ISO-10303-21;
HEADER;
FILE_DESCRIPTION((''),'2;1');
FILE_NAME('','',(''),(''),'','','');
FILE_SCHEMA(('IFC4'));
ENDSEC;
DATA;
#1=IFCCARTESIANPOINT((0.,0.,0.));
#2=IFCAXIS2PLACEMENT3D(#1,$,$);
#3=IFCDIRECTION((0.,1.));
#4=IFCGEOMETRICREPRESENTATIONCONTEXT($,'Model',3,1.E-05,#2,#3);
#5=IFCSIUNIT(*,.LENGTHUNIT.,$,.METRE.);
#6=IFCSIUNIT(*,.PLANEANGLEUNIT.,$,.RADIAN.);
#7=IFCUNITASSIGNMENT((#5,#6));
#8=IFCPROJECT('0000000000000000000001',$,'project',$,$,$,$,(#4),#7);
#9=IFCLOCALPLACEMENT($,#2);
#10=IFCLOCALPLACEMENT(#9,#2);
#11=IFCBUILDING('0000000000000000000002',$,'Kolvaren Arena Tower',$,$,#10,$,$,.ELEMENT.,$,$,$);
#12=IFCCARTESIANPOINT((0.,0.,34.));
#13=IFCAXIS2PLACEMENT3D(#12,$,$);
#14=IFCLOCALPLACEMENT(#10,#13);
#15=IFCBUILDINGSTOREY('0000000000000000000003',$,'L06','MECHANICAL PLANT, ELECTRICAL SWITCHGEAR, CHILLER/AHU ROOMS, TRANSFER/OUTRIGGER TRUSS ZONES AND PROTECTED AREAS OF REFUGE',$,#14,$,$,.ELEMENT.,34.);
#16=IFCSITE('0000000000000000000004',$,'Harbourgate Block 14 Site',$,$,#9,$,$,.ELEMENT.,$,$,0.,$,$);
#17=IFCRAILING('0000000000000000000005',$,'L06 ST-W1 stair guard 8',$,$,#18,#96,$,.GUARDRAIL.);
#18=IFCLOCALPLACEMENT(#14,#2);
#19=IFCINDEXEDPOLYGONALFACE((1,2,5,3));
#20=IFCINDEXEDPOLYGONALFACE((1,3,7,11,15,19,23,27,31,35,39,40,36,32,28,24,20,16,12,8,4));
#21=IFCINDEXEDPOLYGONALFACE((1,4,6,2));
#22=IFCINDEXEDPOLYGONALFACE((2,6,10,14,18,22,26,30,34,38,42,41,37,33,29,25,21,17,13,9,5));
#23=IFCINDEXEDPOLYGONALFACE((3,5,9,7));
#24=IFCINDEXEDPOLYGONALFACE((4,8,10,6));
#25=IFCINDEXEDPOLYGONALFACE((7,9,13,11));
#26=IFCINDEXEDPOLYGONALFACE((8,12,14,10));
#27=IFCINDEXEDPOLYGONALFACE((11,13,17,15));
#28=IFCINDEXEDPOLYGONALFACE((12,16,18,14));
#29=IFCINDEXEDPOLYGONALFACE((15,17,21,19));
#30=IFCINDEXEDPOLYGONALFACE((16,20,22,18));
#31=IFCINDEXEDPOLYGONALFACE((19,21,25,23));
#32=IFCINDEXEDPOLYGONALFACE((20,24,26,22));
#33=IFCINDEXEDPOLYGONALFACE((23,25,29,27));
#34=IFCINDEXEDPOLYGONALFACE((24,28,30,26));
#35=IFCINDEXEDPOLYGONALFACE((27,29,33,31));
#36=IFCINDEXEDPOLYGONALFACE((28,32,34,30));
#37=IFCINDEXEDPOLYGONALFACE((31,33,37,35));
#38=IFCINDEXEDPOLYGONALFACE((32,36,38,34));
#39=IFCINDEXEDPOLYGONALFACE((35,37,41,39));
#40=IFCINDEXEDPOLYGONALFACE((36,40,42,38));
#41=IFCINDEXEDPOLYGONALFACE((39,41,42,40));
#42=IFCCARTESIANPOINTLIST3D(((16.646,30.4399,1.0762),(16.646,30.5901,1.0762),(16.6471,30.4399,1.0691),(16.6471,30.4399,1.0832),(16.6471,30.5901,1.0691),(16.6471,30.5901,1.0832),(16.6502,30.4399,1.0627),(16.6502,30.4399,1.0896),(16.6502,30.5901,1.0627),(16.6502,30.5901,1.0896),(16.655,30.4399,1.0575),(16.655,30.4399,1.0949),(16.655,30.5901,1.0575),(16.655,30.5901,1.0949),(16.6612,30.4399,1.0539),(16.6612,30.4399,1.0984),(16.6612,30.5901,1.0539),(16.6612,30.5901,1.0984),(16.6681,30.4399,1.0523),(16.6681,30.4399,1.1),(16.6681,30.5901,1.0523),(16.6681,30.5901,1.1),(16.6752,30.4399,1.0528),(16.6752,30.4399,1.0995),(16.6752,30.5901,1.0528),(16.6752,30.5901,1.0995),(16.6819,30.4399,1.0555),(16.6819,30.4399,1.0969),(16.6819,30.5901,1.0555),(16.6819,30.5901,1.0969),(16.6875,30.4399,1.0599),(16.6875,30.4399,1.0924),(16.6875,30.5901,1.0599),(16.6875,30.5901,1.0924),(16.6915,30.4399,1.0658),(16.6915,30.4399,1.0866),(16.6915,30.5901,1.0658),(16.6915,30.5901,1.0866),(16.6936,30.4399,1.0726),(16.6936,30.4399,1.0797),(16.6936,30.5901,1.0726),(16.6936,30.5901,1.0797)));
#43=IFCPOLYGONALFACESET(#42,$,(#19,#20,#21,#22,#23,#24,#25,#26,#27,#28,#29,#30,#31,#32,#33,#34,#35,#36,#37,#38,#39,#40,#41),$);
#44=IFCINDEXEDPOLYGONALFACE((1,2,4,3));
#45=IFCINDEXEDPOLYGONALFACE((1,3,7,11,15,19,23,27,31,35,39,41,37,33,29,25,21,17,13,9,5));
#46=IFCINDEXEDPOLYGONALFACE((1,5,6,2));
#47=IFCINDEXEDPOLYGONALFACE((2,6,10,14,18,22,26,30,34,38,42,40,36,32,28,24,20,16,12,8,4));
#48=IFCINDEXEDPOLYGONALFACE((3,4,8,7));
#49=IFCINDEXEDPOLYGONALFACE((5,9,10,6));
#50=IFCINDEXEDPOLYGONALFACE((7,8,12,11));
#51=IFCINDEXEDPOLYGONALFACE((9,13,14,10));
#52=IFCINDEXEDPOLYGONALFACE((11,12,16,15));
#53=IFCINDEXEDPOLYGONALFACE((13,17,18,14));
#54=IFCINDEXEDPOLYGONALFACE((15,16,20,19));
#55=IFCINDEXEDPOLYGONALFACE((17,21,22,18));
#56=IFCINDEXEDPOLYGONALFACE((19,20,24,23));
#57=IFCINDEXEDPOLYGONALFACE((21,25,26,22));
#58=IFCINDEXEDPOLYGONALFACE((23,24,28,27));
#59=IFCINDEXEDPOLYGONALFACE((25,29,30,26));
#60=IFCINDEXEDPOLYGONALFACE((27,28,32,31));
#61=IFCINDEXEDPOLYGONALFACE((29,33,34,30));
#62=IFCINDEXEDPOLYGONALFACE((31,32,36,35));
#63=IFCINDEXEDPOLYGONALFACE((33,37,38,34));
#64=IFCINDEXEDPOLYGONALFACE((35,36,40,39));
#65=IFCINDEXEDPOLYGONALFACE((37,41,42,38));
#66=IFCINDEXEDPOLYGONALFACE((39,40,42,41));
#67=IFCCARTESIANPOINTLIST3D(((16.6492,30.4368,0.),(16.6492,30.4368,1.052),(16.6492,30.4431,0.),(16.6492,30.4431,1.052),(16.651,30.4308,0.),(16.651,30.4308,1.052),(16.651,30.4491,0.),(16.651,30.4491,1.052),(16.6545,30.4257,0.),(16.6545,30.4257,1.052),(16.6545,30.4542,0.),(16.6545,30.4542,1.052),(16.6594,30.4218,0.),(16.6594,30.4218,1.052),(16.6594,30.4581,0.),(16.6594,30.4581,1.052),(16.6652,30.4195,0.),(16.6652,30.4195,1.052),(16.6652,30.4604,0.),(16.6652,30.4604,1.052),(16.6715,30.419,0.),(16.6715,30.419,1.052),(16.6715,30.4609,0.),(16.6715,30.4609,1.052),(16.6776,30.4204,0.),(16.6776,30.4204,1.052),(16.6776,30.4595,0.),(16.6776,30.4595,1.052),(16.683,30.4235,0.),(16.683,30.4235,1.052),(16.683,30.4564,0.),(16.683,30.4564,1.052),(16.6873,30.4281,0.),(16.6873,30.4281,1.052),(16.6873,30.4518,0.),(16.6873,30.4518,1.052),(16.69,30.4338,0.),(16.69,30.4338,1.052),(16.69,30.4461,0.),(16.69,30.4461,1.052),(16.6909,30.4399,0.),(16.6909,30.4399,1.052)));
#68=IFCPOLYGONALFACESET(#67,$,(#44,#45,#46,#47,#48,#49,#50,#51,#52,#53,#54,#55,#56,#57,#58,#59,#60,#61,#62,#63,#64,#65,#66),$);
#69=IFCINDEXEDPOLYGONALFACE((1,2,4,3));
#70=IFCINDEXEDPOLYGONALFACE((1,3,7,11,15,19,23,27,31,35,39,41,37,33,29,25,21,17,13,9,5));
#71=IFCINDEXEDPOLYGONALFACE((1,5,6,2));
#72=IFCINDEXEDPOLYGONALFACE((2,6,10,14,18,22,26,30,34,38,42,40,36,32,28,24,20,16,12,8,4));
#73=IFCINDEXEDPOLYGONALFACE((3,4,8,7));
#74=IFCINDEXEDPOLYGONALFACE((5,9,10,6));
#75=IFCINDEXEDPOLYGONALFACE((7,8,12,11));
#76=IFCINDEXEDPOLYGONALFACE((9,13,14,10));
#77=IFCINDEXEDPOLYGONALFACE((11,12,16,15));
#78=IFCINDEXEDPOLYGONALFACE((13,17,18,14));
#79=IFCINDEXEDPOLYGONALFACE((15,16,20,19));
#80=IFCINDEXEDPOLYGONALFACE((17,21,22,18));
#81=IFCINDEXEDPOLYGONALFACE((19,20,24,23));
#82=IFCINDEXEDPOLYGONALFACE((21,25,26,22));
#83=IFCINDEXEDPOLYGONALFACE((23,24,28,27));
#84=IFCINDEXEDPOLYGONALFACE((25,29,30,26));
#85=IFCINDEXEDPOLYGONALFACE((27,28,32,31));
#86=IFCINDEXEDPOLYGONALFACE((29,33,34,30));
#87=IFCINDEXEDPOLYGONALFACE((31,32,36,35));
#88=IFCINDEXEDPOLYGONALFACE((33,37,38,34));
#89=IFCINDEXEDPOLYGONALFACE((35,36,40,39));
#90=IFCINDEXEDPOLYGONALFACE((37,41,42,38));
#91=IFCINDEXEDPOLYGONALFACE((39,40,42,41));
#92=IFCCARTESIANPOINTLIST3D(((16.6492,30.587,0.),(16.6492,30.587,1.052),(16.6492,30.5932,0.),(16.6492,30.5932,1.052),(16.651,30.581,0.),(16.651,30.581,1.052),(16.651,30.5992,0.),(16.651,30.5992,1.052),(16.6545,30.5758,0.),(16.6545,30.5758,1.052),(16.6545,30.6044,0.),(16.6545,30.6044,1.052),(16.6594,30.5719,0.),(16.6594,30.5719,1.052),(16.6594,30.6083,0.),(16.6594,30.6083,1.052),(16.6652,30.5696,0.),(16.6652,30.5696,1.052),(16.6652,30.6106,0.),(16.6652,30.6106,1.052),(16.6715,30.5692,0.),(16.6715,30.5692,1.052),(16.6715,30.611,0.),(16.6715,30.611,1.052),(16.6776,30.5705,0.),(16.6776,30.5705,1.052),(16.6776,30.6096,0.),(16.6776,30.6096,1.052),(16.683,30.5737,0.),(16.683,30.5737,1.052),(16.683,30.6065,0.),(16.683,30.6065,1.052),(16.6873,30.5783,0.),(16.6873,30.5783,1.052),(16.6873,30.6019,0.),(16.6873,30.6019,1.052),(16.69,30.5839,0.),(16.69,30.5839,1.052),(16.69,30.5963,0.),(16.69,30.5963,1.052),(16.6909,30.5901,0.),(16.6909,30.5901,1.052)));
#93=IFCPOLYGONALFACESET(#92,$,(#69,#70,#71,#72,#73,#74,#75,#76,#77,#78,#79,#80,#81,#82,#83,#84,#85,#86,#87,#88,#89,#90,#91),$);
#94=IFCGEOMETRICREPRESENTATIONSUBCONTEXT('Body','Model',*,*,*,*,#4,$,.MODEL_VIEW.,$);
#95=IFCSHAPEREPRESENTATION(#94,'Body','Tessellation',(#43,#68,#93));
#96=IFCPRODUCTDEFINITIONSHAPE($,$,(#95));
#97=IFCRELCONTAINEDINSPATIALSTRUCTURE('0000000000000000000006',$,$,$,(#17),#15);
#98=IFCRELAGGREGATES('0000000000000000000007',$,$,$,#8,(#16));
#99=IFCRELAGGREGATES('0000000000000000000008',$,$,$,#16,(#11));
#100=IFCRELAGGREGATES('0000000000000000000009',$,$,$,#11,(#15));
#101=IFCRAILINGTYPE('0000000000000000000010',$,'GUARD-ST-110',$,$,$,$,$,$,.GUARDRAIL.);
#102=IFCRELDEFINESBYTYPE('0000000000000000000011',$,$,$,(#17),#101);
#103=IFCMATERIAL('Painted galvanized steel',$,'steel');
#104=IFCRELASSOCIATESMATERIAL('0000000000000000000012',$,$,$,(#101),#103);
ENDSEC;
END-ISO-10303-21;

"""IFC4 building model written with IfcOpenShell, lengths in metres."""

from ifc_helpers import new_model, si_unit, direction, frame, origin, origin_2d, place, context, subcontext, project, spatial, circle, extrude, material, type_object, element, save


model = new_model("IFC4")

# Units and contexts
model_context = context("Model", 3, precision=1e-05, world=origin(), true_north=direction((0.0, 1.0)))
body_context = subcontext(model_context, "Body", "Model", "MODEL_VIEW")
ifc_project = project(units=[si_unit("LENGTHUNIT", "METRE"), si_unit("PLANEANGLEUNIT", "RADIAN")], contexts=[model_context])

# Site, building, storey
site_placement = place(None, origin())
site = spatial("IfcSite", under=ifc_project, at=site_placement, Name="Harbourgate Block 14 Site", CompositionType="ELEMENT", RefElevation=0.0)
building_placement = place(site_placement, origin())
building = spatial("IfcBuilding", under=site, at=building_placement, Name="Kolvaren Arena Tower", CompositionType="ELEMENT")
storey_placement = place(building_placement, frame((0.0, 0.0, 34.0)))
storey = spatial("IfcBuildingStorey", under=building, at=storey_placement, Name="L06", Description="MECHANICAL PLANT, ELECTRICAL SWITCHGEAR, CHILLER/AHU ROOMS, TRANSFER/OUTRIGGER TRUSS ZONES AND PROTECTED AREAS OF REFUGE", CompositionType="ELEMENT", Elevation=34.0)

# Railing
ifc_material_1 = material(Name="Painted galvanized steel", Category="steel")
railing_type_1 = type_object("IfcRailingType", Name="GUARD-ST-110", PredefinedType="GUARDRAIL", material=ifc_material_1)
railing_1_placement = place(storey_placement, frame((16.6699, 30.4399, 0.0)))
element("IfcRailing", 1, at=railing_1_placement, inside=storey, type_object=railing_type_1, Name="L06 ST-W1 stair guard 8", PredefinedType="GUARDRAIL", context=body_context, shape_type="SweptSolid", body=[
    extrude(circle(Radius=0.0239, at=origin_2d()), frame((0.0, 0.0, 1.0762), z_axis=(0.0, 1.0, 0.0), x_axis=(-1.0, 0.0, 0.0)), (0.0, 0.0, 1.0), 0.1501),
    extrude(circle(Radius=0.021, at=origin_2d()), origin(), (0.0, 0.0, 1.0), 1.052),
    extrude(circle(Radius=0.021, at=origin_2d()), frame((0.0, 0.1501, 0.0)), (0.0, 0.0, 1.0), 1.052),
])

save(model, "model.ifc")
